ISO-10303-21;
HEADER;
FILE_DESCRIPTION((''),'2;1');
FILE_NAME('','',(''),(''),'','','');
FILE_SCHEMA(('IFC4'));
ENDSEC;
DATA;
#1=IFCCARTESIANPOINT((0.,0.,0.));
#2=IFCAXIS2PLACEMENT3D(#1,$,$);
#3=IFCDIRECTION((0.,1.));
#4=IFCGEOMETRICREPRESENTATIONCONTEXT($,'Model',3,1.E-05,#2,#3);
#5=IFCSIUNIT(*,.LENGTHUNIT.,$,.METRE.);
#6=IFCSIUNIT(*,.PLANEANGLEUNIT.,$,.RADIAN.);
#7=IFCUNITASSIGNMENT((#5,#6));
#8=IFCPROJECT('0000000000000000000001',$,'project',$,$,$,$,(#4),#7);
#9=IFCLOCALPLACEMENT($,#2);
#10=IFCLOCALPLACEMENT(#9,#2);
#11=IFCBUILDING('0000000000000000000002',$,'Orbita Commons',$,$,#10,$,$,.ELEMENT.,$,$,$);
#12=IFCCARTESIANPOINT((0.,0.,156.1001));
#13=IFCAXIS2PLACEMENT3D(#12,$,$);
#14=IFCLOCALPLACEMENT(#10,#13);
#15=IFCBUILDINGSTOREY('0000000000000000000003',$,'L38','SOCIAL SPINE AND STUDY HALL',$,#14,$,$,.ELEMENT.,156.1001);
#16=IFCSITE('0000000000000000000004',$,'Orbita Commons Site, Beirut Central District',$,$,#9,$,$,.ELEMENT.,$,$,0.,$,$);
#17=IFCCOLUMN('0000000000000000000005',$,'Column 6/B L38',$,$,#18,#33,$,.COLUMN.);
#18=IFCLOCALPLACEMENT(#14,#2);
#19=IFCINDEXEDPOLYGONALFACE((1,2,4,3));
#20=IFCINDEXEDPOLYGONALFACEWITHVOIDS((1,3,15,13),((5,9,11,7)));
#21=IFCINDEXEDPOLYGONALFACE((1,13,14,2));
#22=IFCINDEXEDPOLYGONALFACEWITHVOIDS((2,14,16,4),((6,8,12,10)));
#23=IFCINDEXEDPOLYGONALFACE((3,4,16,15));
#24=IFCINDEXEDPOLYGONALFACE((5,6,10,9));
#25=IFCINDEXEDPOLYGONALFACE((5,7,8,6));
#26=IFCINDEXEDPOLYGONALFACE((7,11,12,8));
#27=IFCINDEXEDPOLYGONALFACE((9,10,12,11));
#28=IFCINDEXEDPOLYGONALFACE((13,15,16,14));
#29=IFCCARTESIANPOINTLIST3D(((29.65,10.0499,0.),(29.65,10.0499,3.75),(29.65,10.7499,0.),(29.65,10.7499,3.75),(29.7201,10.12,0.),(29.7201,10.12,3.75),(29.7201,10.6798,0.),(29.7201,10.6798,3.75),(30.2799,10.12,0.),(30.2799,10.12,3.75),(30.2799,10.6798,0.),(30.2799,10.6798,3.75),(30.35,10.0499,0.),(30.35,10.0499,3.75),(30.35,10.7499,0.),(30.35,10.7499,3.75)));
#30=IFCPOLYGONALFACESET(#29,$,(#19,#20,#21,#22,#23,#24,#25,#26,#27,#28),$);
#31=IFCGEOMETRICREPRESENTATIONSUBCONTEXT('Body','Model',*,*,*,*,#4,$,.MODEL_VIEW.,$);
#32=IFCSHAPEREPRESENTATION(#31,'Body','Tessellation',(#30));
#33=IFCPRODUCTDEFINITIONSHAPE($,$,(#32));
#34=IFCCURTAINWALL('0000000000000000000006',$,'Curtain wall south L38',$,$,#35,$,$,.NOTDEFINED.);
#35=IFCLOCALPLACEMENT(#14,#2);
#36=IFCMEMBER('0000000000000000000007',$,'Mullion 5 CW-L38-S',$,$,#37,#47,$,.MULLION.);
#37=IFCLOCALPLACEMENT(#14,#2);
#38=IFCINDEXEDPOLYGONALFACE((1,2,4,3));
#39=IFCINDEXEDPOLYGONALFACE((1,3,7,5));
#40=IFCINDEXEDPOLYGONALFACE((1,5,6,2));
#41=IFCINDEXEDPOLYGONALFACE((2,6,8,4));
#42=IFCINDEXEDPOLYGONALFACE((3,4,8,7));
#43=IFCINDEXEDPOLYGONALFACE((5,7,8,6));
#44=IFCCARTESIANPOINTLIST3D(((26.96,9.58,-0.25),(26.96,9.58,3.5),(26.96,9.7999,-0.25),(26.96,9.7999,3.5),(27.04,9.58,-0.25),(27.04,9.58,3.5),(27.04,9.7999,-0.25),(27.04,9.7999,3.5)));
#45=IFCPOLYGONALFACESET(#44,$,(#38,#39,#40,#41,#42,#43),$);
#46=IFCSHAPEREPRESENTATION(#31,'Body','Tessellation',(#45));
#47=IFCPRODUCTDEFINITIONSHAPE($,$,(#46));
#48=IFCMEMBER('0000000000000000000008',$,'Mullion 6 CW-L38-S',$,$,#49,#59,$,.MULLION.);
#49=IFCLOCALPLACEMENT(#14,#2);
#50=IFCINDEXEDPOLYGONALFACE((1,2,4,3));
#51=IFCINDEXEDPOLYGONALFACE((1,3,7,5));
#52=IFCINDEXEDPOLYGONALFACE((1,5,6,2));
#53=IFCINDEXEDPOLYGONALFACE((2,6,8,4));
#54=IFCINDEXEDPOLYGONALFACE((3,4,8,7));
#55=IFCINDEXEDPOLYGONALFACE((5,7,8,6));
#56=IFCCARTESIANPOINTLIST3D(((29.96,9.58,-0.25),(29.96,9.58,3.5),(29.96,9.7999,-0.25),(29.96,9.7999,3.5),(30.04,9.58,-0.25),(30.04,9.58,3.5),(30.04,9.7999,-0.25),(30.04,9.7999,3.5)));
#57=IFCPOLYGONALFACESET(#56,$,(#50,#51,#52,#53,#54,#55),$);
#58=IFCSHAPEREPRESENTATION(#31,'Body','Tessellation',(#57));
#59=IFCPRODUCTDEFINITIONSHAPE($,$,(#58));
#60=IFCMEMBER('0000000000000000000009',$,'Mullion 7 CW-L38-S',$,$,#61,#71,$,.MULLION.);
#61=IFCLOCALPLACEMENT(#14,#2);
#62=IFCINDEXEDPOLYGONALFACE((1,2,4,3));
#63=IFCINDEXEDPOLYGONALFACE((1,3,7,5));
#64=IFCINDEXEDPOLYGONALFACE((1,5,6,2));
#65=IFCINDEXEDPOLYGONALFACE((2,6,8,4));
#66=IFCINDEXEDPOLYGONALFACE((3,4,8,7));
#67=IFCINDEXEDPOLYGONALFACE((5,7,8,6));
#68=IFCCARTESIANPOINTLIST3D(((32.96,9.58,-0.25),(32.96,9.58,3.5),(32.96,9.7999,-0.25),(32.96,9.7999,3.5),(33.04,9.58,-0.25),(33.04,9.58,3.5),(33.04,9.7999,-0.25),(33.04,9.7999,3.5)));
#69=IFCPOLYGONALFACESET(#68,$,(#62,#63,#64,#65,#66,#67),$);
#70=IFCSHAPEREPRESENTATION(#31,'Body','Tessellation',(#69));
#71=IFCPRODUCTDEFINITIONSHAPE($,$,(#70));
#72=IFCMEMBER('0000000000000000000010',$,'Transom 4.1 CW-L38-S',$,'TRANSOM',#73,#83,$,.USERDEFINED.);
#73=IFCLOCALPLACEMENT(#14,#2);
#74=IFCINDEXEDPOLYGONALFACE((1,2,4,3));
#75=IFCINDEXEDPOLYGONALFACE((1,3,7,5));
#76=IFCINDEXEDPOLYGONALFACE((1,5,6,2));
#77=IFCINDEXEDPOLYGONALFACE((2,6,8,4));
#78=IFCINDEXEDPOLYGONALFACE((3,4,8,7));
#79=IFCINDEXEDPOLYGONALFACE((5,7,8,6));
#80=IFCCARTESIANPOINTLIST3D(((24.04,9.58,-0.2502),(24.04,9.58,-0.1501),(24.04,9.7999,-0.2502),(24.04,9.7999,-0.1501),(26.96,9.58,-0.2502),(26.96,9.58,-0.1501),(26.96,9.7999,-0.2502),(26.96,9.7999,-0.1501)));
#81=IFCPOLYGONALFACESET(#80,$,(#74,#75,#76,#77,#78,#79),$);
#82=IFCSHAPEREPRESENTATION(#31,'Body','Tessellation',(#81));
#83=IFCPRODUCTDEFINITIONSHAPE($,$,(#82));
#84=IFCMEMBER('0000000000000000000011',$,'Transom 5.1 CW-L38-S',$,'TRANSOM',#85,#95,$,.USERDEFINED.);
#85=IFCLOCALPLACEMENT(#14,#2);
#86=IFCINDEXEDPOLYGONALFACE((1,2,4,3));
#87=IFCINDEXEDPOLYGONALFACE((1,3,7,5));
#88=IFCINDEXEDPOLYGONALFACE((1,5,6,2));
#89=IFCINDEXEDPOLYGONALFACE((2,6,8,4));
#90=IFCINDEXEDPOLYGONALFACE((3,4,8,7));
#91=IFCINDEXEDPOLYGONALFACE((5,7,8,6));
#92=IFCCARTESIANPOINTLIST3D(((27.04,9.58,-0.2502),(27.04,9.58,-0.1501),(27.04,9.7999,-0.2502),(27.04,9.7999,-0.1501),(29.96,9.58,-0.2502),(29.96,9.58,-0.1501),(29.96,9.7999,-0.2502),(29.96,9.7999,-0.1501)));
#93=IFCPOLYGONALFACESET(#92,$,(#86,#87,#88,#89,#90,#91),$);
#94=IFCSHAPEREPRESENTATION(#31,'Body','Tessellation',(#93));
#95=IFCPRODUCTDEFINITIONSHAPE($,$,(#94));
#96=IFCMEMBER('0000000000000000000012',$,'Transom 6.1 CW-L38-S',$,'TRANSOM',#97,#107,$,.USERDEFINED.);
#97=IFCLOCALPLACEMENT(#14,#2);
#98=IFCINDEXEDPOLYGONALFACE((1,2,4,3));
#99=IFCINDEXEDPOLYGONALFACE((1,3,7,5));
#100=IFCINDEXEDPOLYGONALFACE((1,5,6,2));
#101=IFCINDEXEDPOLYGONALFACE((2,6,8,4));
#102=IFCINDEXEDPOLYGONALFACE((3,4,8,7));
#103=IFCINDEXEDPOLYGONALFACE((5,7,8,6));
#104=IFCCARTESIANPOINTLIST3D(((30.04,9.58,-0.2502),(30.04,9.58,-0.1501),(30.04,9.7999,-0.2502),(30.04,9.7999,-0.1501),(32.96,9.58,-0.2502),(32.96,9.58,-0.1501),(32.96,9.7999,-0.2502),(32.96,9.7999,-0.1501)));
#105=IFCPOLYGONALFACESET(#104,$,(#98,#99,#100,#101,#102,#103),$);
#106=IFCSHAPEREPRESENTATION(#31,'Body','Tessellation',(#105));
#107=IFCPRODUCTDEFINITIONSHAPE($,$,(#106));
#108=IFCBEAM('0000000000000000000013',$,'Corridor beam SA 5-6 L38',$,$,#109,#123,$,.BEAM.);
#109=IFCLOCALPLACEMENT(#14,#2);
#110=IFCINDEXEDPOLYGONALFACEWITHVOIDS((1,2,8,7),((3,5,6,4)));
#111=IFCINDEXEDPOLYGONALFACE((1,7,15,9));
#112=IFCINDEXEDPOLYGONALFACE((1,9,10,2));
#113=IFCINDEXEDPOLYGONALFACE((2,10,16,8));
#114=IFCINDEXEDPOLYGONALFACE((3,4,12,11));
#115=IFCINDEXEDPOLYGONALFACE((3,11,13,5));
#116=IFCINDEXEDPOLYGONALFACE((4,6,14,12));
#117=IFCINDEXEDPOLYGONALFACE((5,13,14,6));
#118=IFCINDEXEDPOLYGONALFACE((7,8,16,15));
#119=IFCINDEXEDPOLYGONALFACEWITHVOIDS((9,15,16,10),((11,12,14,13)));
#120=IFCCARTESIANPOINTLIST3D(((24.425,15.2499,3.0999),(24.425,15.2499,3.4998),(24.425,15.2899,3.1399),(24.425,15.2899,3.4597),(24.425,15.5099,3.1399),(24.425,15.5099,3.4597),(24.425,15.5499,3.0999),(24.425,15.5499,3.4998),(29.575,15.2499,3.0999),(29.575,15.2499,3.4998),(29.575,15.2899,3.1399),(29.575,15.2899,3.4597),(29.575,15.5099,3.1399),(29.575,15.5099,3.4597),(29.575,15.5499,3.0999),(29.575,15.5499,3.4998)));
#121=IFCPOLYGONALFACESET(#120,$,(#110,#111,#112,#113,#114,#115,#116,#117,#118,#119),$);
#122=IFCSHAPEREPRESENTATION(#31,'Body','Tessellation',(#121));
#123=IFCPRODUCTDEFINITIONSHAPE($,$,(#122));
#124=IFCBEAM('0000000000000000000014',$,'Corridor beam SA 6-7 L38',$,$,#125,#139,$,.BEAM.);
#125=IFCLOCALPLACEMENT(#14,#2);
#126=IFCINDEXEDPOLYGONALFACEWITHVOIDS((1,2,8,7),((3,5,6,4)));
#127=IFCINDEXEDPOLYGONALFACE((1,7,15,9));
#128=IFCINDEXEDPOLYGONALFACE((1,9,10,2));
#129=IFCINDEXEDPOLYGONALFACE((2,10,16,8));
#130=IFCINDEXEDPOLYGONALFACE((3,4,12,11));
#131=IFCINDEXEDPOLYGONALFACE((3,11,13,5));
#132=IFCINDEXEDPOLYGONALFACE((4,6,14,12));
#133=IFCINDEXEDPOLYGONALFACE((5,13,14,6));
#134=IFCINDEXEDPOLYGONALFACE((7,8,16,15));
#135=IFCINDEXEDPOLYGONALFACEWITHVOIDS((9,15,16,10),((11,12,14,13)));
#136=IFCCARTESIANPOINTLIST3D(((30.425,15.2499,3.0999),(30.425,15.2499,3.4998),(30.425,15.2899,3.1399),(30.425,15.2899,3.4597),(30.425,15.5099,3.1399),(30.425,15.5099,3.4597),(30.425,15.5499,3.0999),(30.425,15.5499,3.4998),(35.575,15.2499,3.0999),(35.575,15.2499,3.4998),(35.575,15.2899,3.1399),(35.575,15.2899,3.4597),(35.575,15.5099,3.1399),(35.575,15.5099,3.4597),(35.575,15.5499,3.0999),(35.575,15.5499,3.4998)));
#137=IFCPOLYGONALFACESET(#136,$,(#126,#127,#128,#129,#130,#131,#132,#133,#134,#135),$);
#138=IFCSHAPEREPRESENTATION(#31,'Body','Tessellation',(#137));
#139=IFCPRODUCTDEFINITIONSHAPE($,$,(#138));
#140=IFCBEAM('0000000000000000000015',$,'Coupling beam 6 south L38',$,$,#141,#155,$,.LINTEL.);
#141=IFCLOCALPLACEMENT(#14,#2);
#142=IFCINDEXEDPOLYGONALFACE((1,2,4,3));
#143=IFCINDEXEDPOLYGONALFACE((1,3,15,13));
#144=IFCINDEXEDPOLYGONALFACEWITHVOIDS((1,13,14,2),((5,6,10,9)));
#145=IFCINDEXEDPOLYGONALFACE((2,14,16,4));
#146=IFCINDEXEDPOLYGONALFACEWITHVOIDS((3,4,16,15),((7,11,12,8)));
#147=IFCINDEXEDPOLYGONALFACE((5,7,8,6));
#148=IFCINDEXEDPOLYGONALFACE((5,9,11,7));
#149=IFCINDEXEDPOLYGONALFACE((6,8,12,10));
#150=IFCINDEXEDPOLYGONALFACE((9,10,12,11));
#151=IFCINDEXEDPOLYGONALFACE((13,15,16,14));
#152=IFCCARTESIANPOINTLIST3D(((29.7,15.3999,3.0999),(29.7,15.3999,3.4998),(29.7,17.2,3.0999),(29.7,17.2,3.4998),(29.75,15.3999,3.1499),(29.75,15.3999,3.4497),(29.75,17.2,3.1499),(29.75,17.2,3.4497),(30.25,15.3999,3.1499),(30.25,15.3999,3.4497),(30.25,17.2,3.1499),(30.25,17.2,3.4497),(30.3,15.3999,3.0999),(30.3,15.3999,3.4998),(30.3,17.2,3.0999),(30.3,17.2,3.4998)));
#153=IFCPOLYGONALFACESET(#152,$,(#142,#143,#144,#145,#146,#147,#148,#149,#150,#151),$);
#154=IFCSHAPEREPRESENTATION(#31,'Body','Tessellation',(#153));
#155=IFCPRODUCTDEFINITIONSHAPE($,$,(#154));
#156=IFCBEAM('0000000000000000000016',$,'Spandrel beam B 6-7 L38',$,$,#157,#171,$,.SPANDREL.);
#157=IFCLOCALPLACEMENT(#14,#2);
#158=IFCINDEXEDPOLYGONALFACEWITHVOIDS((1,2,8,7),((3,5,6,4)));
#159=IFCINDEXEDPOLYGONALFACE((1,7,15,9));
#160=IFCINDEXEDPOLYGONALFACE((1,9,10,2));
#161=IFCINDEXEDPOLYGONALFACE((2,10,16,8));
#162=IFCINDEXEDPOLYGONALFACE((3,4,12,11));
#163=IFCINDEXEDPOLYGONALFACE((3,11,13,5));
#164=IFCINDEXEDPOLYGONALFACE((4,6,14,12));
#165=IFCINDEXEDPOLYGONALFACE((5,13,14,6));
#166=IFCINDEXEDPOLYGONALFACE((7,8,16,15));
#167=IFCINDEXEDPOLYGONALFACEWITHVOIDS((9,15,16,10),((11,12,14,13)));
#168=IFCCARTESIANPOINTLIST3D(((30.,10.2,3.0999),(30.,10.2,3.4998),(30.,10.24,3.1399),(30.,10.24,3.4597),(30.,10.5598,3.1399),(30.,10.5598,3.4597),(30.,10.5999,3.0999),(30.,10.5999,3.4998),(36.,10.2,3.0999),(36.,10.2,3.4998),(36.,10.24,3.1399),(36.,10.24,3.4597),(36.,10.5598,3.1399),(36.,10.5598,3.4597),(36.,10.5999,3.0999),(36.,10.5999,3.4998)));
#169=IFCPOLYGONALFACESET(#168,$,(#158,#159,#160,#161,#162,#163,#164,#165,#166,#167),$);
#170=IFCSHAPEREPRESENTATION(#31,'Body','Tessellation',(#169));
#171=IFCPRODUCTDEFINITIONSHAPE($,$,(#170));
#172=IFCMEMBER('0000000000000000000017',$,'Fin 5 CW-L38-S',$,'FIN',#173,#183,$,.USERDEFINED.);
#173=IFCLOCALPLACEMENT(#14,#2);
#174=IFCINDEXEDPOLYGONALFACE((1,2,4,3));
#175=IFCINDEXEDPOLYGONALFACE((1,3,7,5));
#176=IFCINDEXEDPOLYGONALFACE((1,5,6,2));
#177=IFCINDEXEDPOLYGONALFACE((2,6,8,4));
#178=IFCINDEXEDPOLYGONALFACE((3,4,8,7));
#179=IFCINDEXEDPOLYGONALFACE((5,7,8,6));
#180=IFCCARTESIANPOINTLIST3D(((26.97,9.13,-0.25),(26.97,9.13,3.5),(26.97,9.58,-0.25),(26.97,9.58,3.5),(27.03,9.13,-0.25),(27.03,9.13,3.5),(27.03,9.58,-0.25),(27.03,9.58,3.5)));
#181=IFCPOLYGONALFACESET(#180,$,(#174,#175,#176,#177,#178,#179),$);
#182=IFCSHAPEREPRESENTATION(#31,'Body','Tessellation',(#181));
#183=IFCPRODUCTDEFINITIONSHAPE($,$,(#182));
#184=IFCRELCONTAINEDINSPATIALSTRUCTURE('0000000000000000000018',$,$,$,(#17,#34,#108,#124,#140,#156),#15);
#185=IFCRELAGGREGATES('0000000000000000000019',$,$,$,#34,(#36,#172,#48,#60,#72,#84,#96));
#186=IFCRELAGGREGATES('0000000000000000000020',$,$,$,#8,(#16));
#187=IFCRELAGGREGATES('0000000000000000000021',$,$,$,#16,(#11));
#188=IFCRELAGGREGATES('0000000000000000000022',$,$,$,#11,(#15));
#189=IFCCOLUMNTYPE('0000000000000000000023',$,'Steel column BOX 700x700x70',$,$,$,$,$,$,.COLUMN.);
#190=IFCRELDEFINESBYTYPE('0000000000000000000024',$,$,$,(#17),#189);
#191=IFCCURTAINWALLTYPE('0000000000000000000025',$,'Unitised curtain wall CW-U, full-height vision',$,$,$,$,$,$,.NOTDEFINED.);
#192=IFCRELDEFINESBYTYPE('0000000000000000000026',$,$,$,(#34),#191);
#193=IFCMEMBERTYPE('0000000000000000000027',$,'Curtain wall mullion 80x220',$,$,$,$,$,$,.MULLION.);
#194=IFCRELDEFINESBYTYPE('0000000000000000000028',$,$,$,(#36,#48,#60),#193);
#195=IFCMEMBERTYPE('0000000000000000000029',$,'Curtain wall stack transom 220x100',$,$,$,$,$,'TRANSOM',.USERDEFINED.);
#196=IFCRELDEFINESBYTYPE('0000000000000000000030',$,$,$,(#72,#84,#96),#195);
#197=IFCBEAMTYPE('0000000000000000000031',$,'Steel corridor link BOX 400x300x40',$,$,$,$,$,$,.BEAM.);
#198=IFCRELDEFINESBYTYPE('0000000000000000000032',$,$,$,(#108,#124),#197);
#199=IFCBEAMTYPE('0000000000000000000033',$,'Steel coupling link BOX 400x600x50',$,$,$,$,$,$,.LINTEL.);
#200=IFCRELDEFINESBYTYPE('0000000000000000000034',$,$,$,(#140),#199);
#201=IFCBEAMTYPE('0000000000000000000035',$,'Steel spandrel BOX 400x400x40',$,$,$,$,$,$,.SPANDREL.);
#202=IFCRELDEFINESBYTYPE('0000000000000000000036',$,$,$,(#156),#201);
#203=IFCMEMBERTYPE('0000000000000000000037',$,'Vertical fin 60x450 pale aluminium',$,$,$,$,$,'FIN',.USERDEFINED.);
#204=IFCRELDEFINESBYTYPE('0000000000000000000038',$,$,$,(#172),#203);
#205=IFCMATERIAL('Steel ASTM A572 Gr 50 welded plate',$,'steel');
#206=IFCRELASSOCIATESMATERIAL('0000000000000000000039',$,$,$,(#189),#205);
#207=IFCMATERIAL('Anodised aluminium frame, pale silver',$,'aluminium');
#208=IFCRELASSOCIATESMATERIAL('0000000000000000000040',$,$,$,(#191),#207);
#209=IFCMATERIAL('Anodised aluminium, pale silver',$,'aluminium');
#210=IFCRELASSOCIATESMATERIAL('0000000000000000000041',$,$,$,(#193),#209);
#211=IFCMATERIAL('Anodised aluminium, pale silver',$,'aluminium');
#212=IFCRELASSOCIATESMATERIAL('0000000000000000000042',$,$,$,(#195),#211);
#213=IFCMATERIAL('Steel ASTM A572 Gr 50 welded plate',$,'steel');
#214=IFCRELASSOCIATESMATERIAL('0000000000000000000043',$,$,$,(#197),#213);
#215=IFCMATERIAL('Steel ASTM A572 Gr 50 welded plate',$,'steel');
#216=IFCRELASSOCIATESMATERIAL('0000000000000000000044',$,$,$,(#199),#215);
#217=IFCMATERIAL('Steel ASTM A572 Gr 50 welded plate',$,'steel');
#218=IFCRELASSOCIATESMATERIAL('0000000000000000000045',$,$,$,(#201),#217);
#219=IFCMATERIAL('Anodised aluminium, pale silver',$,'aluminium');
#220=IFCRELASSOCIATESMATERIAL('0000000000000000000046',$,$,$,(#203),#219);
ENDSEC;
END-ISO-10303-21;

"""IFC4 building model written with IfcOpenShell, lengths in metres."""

from ifc_helpers import new_model, si_unit, direction, frame, origin, origin_2d, place, context, subcontext, project, spatial, rectangle, hollow_rectangle, extrude, material, material_profile, profile_set, type_object, element, aggregate, save


model = new_model("IFC4")

# Units and contexts
model_context = context("Model", 3, precision=1e-05, world=origin(), true_north=direction((0.0, 1.0)))
body_context = subcontext(model_context, "Body", "Model", "MODEL_VIEW")
ifc_project = project(units=[si_unit("LENGTHUNIT", "METRE"), si_unit("PLANEANGLEUNIT", "RADIAN")], contexts=[model_context])

# Site, building, storey
site_placement = place(None, origin())
site = spatial("IfcSite", under=ifc_project, at=site_placement, Name="Orbita Commons Site, Beirut Central District", CompositionType="ELEMENT", RefElevation=0.0)
building_placement = place(site_placement, origin())
building = spatial("IfcBuilding", under=site, at=building_placement, Name="Orbita Commons", CompositionType="ELEMENT")
storey_placement = place(building_placement, frame((0.0, 0.0, 156.1001)))
storey = spatial("IfcBuildingStorey", under=building, at=storey_placement, Name="L38", Description="SOCIAL SPINE AND STUDY HALL", CompositionType="ELEMENT", Elevation=156.1001)

# Column
ifc_material_1 = material(Name="Steel ASTM A572 Gr 50 welded plate", Category="steel")
ifc_material_profile_1 = material_profile(ifc_material_1, hollow_rectangle(XDim=0.7, YDim=0.7, WallThickness=0.0701, at=origin_2d()), Name="BOX 700x700x70")
ifc_profile_set_1 = profile_set([ifc_material_profile_1], Name="Steel ASTM A572 Gr 50 welded plate")
column_type = type_object("IfcColumnType", Name="Steel column BOX 700x700x70", PredefinedType="COLUMN", material=ifc_profile_set_1)
column_placement = place(storey_placement, frame((30.0, 10.3999, 0.0), z_axis=(0.0, 0.0, 1.0), x_axis=(1.0, 0.0, 0.0)))
element("IfcColumn", 1, at=column_placement, inside=storey, type_object=column_type, Name="Column 6/B L38", PredefinedType="COLUMN", context=body_context, shape_type="SweptSolid", body=[
    extrude(hollow_rectangle(XDim=0.7, YDim=0.7, WallThickness=0.0701, at=origin_2d()), origin(), (0.0, 0.0, 1.0), 3.75),
])

# Curtain wall, members
ifc_material_2 = material(Name="Anodised aluminium frame, pale silver", Category="aluminium")
curtain_wall_type = type_object("IfcCurtainWallType", Name="Unitised curtain wall CW-U, full-height vision", PredefinedType="NOTDEFINED", material=ifc_material_2)
curtain_wall_placement = place(storey_placement, origin())
curtain_wall = element("IfcCurtainWall", 2, at=curtain_wall_placement, inside=storey, type_object=curtain_wall_type, Name="Curtain wall south L38", PredefinedType="NOTDEFINED")
ifc_material_3 = material(Name="Anodised aluminium, pale silver", Category="aluminium")
ifc_material_profile_2 = material_profile(ifc_material_3, rectangle(XDim=0.0801, YDim=0.22, at=origin_2d()), Name="AL 80x220")
ifc_profile_set_2 = profile_set([ifc_material_profile_2], Name="Anodised aluminium, pale silver")
member_type_1 = type_object("IfcMemberType", Name="Curtain wall mullion 80x220", PredefinedType="MULLION", material=ifc_profile_set_2)
member_1_placement = place(storey_placement, frame((27.0, 9.6899, -0.25), z_axis=(0.0, 0.0, 1.0), x_axis=(1.0, 0.0, 0.0)))
member_1 = element("IfcMember", 3, at=member_1_placement, type_object=member_type_1, Name="Mullion 5 CW-L38-S", PredefinedType="MULLION", context=body_context, shape_type="SweptSolid", body=[
    extrude(rectangle(XDim=0.0801, YDim=0.22, at=origin_2d()), origin(), (0.0, 0.0, 1.0), 3.75),
])
member_2_placement = place(storey_placement, frame((30.0, 9.6899, -0.25), z_axis=(0.0, 0.0, 1.0), x_axis=(1.0, 0.0, 0.0)))
member_2 = element("IfcMember", 4, at=member_2_placement, type_object=member_type_1, Name="Mullion 6 CW-L38-S", PredefinedType="MULLION", context=body_context, shape_type="SweptSolid", body=[
    extrude(rectangle(XDim=0.0801, YDim=0.22, at=origin_2d()), origin(), (0.0, 0.0, 1.0), 3.75),
])
member_3_placement = place(storey_placement, frame((33.0, 9.6899, -0.25), z_axis=(0.0, 0.0, 1.0), x_axis=(1.0, 0.0, 0.0)))
member_3 = element("IfcMember", 5, at=member_3_placement, type_object=member_type_1, Name="Mullion 7 CW-L38-S", PredefinedType="MULLION", context=body_context, shape_type="SweptSolid", body=[
    extrude(rectangle(XDim=0.0801, YDim=0.22, at=origin_2d()), origin(), (0.0, 0.0, 1.0), 3.75),
])
ifc_material_4 = material(Name="Anodised aluminium, pale silver", Category="aluminium")
ifc_material_profile_3 = material_profile(ifc_material_4, rectangle(XDim=0.22, YDim=0.1001, at=origin_2d()), Name="AL 220x100")
ifc_profile_set_3 = profile_set([ifc_material_profile_3], Name="Anodised aluminium, pale silver")
member_type_2 = type_object("IfcMemberType", Name="Curtain wall stack transom 220x100", ElementType="TRANSOM", PredefinedType="USERDEFINED", material=ifc_profile_set_3)
member_4_placement = place(storey_placement, frame((24.04, 9.6899, -0.2002), z_axis=(1.0, 0.0, 0.0), x_axis=(0.0, 1.0, 0.0)))
member_4 = element("IfcMember", 6, at=member_4_placement, type_object=member_type_2, Name="Transom 4.1 CW-L38-S", ObjectType="TRANSOM", PredefinedType="USERDEFINED", context=body_context, shape_type="SweptSolid", body=[
    extrude(rectangle(XDim=0.22, YDim=0.1001, at=origin_2d()), origin(), (0.0, 0.0, 1.0), 2.9199),
])
member_5_placement = place(storey_placement, frame((27.04, 9.6899, -0.2002), z_axis=(1.0, 0.0, 0.0), x_axis=(0.0, 1.0, 0.0)))
member_5 = element("IfcMember", 7, at=member_5_placement, type_object=member_type_2, Name="Transom 5.1 CW-L38-S", ObjectType="TRANSOM", PredefinedType="USERDEFINED", context=body_context, shape_type="SweptSolid", body=[
    extrude(rectangle(XDim=0.22, YDim=0.1001, at=origin_2d()), origin(), (0.0, 0.0, 1.0), 2.9199),
])
member_6_placement = place(storey_placement, frame((30.04, 9.6899, -0.2002), z_axis=(1.0, 0.0, 0.0), x_axis=(0.0, 1.0, 0.0)))
member_6 = element("IfcMember", 8, at=member_6_placement, type_object=member_type_2, Name="Transom 6.1 CW-L38-S", ObjectType="TRANSOM", PredefinedType="USERDEFINED", context=body_context, shape_type="SweptSolid", body=[
    extrude(rectangle(XDim=0.22, YDim=0.1001, at=origin_2d()), origin(), (0.0, 0.0, 1.0), 2.9199),
])

# Beams
ifc_material_5 = material(Name="Steel ASTM A572 Gr 50 welded plate", Category="steel")
ifc_material_profile_4 = material_profile(ifc_material_5, hollow_rectangle(XDim=0.3, YDim=0.3999, WallThickness=0.04, at=origin_2d()), Name="BOX 400x300x40")
ifc_profile_set_4 = profile_set([ifc_material_profile_4], Name="Steel ASTM A572 Gr 50 welded plate")
beam_type_1 = type_object("IfcBeamType", Name="Steel corridor link BOX 400x300x40", PredefinedType="BEAM", material=ifc_profile_set_4)
for number, where, z_axis, x_axis, name in (
    (9, (24.425, 15.3999, 3.2998), (1.0, 0.0, 0.0), (0.0, 1.0, 0.0), "Corridor beam SA 5-6 L38"),
    (10, (30.425, 15.3999, 3.2998), (1.0, 0.0, 0.0), (0.0, 1.0, 0.0), "Corridor beam SA 6-7 L38"),
):
    element("IfcBeam", number, at=place(storey_placement, frame(where, z_axis=z_axis, x_axis=x_axis)), inside=storey, type_object=beam_type_1, Name=name, PredefinedType="BEAM", context=body_context, shape_type="SweptSolid", body=[
        extrude(hollow_rectangle(XDim=0.3, YDim=0.3999, WallThickness=0.04, at=origin_2d()), origin(), (0.0, 0.0, 1.0), 5.1499),
    ])
ifc_material_6 = material(Name="Steel ASTM A572 Gr 50 welded plate", Category="steel")
ifc_material_profile_5 = material_profile(ifc_material_6, hollow_rectangle(XDim=0.6001, YDim=0.3999, WallThickness=0.05, at=origin_2d()), Name="BOX 400x600x50")
ifc_profile_set_5 = profile_set([ifc_material_profile_5], Name="Steel ASTM A572 Gr 50 welded plate")
beam_type_2 = type_object("IfcBeamType", Name="Steel coupling link BOX 400x600x50", PredefinedType="LINTEL", material=ifc_profile_set_5)
beam_1_placement = place(storey_placement, frame((30.0, 15.3999, 3.2998), z_axis=(0.0, 1.0, 0.0), x_axis=(-1.0, 0.0, 0.0)))
element("IfcBeam", 11, at=beam_1_placement, inside=storey, type_object=beam_type_2, Name="Coupling beam 6 south L38", PredefinedType="LINTEL", context=body_context, shape_type="SweptSolid", body=[
    extrude(hollow_rectangle(XDim=0.6001, YDim=0.3999, WallThickness=0.05, at=origin_2d()), origin(), (0.0, 0.0, 1.0), 1.8),
])
ifc_material_7 = material(Name="Steel ASTM A572 Gr 50 welded plate", Category="steel")
ifc_material_profile_6 = material_profile(ifc_material_7, hollow_rectangle(XDim=0.3999, YDim=0.3999, WallThickness=0.04, at=origin_2d()), Name="BOX 400x400x40")
ifc_profile_set_6 = profile_set([ifc_material_profile_6], Name="Steel ASTM A572 Gr 50 welded plate")
beam_type_3 = type_object("IfcBeamType", Name="Steel spandrel BOX 400x400x40", PredefinedType="SPANDREL", material=ifc_profile_set_6)
beam_2_placement = place(storey_placement, frame((30.0, 10.3999, 3.2998), z_axis=(1.0, 0.0, 0.0), x_axis=(0.0, 1.0, 0.0)))
element("IfcBeam", 12, at=beam_2_placement, inside=storey, type_object=beam_type_3, Name="Spandrel beam B 6-7 L38", PredefinedType="SPANDREL", context=body_context, shape_type="SweptSolid", body=[
    extrude(hollow_rectangle(XDim=0.3999, YDim=0.3999, WallThickness=0.04, at=origin_2d()), origin(), (0.0, 0.0, 1.0), 6.0),
])

# Member
ifc_material_8 = material(Name="Anodised aluminium, pale silver", Category="aluminium")
ifc_material_profile_7 = material_profile(ifc_material_8, rectangle(XDim=0.0601, YDim=0.45, at=origin_2d()), Name="FIN 60x450")
ifc_profile_set_7 = profile_set([ifc_material_profile_7], Name="Anodised aluminium, pale silver")
member_type_3 = type_object("IfcMemberType", Name="Vertical fin 60x450 pale aluminium", ElementType="FIN", PredefinedType="USERDEFINED", material=ifc_profile_set_7)
member_7_placement = place(storey_placement, frame((27.0, 9.355, -0.25), z_axis=(0.0, 0.0, 1.0), x_axis=(1.0, 0.0, 0.0)))
member_7 = element("IfcMember", 13, at=member_7_placement, type_object=member_type_3, Name="Fin 5 CW-L38-S", ObjectType="FIN", PredefinedType="USERDEFINED", context=body_context, shape_type="SweptSolid", body=[
    extrude(rectangle(XDim=0.0601, YDim=0.45, at=origin_2d()), origin(), (0.0, 0.0, 1.0), 3.75),
])

aggregate(curtain_wall, [member_1, member_7, member_2, member_3, member_4, member_5, member_6])

save(model, "model.ifc")
